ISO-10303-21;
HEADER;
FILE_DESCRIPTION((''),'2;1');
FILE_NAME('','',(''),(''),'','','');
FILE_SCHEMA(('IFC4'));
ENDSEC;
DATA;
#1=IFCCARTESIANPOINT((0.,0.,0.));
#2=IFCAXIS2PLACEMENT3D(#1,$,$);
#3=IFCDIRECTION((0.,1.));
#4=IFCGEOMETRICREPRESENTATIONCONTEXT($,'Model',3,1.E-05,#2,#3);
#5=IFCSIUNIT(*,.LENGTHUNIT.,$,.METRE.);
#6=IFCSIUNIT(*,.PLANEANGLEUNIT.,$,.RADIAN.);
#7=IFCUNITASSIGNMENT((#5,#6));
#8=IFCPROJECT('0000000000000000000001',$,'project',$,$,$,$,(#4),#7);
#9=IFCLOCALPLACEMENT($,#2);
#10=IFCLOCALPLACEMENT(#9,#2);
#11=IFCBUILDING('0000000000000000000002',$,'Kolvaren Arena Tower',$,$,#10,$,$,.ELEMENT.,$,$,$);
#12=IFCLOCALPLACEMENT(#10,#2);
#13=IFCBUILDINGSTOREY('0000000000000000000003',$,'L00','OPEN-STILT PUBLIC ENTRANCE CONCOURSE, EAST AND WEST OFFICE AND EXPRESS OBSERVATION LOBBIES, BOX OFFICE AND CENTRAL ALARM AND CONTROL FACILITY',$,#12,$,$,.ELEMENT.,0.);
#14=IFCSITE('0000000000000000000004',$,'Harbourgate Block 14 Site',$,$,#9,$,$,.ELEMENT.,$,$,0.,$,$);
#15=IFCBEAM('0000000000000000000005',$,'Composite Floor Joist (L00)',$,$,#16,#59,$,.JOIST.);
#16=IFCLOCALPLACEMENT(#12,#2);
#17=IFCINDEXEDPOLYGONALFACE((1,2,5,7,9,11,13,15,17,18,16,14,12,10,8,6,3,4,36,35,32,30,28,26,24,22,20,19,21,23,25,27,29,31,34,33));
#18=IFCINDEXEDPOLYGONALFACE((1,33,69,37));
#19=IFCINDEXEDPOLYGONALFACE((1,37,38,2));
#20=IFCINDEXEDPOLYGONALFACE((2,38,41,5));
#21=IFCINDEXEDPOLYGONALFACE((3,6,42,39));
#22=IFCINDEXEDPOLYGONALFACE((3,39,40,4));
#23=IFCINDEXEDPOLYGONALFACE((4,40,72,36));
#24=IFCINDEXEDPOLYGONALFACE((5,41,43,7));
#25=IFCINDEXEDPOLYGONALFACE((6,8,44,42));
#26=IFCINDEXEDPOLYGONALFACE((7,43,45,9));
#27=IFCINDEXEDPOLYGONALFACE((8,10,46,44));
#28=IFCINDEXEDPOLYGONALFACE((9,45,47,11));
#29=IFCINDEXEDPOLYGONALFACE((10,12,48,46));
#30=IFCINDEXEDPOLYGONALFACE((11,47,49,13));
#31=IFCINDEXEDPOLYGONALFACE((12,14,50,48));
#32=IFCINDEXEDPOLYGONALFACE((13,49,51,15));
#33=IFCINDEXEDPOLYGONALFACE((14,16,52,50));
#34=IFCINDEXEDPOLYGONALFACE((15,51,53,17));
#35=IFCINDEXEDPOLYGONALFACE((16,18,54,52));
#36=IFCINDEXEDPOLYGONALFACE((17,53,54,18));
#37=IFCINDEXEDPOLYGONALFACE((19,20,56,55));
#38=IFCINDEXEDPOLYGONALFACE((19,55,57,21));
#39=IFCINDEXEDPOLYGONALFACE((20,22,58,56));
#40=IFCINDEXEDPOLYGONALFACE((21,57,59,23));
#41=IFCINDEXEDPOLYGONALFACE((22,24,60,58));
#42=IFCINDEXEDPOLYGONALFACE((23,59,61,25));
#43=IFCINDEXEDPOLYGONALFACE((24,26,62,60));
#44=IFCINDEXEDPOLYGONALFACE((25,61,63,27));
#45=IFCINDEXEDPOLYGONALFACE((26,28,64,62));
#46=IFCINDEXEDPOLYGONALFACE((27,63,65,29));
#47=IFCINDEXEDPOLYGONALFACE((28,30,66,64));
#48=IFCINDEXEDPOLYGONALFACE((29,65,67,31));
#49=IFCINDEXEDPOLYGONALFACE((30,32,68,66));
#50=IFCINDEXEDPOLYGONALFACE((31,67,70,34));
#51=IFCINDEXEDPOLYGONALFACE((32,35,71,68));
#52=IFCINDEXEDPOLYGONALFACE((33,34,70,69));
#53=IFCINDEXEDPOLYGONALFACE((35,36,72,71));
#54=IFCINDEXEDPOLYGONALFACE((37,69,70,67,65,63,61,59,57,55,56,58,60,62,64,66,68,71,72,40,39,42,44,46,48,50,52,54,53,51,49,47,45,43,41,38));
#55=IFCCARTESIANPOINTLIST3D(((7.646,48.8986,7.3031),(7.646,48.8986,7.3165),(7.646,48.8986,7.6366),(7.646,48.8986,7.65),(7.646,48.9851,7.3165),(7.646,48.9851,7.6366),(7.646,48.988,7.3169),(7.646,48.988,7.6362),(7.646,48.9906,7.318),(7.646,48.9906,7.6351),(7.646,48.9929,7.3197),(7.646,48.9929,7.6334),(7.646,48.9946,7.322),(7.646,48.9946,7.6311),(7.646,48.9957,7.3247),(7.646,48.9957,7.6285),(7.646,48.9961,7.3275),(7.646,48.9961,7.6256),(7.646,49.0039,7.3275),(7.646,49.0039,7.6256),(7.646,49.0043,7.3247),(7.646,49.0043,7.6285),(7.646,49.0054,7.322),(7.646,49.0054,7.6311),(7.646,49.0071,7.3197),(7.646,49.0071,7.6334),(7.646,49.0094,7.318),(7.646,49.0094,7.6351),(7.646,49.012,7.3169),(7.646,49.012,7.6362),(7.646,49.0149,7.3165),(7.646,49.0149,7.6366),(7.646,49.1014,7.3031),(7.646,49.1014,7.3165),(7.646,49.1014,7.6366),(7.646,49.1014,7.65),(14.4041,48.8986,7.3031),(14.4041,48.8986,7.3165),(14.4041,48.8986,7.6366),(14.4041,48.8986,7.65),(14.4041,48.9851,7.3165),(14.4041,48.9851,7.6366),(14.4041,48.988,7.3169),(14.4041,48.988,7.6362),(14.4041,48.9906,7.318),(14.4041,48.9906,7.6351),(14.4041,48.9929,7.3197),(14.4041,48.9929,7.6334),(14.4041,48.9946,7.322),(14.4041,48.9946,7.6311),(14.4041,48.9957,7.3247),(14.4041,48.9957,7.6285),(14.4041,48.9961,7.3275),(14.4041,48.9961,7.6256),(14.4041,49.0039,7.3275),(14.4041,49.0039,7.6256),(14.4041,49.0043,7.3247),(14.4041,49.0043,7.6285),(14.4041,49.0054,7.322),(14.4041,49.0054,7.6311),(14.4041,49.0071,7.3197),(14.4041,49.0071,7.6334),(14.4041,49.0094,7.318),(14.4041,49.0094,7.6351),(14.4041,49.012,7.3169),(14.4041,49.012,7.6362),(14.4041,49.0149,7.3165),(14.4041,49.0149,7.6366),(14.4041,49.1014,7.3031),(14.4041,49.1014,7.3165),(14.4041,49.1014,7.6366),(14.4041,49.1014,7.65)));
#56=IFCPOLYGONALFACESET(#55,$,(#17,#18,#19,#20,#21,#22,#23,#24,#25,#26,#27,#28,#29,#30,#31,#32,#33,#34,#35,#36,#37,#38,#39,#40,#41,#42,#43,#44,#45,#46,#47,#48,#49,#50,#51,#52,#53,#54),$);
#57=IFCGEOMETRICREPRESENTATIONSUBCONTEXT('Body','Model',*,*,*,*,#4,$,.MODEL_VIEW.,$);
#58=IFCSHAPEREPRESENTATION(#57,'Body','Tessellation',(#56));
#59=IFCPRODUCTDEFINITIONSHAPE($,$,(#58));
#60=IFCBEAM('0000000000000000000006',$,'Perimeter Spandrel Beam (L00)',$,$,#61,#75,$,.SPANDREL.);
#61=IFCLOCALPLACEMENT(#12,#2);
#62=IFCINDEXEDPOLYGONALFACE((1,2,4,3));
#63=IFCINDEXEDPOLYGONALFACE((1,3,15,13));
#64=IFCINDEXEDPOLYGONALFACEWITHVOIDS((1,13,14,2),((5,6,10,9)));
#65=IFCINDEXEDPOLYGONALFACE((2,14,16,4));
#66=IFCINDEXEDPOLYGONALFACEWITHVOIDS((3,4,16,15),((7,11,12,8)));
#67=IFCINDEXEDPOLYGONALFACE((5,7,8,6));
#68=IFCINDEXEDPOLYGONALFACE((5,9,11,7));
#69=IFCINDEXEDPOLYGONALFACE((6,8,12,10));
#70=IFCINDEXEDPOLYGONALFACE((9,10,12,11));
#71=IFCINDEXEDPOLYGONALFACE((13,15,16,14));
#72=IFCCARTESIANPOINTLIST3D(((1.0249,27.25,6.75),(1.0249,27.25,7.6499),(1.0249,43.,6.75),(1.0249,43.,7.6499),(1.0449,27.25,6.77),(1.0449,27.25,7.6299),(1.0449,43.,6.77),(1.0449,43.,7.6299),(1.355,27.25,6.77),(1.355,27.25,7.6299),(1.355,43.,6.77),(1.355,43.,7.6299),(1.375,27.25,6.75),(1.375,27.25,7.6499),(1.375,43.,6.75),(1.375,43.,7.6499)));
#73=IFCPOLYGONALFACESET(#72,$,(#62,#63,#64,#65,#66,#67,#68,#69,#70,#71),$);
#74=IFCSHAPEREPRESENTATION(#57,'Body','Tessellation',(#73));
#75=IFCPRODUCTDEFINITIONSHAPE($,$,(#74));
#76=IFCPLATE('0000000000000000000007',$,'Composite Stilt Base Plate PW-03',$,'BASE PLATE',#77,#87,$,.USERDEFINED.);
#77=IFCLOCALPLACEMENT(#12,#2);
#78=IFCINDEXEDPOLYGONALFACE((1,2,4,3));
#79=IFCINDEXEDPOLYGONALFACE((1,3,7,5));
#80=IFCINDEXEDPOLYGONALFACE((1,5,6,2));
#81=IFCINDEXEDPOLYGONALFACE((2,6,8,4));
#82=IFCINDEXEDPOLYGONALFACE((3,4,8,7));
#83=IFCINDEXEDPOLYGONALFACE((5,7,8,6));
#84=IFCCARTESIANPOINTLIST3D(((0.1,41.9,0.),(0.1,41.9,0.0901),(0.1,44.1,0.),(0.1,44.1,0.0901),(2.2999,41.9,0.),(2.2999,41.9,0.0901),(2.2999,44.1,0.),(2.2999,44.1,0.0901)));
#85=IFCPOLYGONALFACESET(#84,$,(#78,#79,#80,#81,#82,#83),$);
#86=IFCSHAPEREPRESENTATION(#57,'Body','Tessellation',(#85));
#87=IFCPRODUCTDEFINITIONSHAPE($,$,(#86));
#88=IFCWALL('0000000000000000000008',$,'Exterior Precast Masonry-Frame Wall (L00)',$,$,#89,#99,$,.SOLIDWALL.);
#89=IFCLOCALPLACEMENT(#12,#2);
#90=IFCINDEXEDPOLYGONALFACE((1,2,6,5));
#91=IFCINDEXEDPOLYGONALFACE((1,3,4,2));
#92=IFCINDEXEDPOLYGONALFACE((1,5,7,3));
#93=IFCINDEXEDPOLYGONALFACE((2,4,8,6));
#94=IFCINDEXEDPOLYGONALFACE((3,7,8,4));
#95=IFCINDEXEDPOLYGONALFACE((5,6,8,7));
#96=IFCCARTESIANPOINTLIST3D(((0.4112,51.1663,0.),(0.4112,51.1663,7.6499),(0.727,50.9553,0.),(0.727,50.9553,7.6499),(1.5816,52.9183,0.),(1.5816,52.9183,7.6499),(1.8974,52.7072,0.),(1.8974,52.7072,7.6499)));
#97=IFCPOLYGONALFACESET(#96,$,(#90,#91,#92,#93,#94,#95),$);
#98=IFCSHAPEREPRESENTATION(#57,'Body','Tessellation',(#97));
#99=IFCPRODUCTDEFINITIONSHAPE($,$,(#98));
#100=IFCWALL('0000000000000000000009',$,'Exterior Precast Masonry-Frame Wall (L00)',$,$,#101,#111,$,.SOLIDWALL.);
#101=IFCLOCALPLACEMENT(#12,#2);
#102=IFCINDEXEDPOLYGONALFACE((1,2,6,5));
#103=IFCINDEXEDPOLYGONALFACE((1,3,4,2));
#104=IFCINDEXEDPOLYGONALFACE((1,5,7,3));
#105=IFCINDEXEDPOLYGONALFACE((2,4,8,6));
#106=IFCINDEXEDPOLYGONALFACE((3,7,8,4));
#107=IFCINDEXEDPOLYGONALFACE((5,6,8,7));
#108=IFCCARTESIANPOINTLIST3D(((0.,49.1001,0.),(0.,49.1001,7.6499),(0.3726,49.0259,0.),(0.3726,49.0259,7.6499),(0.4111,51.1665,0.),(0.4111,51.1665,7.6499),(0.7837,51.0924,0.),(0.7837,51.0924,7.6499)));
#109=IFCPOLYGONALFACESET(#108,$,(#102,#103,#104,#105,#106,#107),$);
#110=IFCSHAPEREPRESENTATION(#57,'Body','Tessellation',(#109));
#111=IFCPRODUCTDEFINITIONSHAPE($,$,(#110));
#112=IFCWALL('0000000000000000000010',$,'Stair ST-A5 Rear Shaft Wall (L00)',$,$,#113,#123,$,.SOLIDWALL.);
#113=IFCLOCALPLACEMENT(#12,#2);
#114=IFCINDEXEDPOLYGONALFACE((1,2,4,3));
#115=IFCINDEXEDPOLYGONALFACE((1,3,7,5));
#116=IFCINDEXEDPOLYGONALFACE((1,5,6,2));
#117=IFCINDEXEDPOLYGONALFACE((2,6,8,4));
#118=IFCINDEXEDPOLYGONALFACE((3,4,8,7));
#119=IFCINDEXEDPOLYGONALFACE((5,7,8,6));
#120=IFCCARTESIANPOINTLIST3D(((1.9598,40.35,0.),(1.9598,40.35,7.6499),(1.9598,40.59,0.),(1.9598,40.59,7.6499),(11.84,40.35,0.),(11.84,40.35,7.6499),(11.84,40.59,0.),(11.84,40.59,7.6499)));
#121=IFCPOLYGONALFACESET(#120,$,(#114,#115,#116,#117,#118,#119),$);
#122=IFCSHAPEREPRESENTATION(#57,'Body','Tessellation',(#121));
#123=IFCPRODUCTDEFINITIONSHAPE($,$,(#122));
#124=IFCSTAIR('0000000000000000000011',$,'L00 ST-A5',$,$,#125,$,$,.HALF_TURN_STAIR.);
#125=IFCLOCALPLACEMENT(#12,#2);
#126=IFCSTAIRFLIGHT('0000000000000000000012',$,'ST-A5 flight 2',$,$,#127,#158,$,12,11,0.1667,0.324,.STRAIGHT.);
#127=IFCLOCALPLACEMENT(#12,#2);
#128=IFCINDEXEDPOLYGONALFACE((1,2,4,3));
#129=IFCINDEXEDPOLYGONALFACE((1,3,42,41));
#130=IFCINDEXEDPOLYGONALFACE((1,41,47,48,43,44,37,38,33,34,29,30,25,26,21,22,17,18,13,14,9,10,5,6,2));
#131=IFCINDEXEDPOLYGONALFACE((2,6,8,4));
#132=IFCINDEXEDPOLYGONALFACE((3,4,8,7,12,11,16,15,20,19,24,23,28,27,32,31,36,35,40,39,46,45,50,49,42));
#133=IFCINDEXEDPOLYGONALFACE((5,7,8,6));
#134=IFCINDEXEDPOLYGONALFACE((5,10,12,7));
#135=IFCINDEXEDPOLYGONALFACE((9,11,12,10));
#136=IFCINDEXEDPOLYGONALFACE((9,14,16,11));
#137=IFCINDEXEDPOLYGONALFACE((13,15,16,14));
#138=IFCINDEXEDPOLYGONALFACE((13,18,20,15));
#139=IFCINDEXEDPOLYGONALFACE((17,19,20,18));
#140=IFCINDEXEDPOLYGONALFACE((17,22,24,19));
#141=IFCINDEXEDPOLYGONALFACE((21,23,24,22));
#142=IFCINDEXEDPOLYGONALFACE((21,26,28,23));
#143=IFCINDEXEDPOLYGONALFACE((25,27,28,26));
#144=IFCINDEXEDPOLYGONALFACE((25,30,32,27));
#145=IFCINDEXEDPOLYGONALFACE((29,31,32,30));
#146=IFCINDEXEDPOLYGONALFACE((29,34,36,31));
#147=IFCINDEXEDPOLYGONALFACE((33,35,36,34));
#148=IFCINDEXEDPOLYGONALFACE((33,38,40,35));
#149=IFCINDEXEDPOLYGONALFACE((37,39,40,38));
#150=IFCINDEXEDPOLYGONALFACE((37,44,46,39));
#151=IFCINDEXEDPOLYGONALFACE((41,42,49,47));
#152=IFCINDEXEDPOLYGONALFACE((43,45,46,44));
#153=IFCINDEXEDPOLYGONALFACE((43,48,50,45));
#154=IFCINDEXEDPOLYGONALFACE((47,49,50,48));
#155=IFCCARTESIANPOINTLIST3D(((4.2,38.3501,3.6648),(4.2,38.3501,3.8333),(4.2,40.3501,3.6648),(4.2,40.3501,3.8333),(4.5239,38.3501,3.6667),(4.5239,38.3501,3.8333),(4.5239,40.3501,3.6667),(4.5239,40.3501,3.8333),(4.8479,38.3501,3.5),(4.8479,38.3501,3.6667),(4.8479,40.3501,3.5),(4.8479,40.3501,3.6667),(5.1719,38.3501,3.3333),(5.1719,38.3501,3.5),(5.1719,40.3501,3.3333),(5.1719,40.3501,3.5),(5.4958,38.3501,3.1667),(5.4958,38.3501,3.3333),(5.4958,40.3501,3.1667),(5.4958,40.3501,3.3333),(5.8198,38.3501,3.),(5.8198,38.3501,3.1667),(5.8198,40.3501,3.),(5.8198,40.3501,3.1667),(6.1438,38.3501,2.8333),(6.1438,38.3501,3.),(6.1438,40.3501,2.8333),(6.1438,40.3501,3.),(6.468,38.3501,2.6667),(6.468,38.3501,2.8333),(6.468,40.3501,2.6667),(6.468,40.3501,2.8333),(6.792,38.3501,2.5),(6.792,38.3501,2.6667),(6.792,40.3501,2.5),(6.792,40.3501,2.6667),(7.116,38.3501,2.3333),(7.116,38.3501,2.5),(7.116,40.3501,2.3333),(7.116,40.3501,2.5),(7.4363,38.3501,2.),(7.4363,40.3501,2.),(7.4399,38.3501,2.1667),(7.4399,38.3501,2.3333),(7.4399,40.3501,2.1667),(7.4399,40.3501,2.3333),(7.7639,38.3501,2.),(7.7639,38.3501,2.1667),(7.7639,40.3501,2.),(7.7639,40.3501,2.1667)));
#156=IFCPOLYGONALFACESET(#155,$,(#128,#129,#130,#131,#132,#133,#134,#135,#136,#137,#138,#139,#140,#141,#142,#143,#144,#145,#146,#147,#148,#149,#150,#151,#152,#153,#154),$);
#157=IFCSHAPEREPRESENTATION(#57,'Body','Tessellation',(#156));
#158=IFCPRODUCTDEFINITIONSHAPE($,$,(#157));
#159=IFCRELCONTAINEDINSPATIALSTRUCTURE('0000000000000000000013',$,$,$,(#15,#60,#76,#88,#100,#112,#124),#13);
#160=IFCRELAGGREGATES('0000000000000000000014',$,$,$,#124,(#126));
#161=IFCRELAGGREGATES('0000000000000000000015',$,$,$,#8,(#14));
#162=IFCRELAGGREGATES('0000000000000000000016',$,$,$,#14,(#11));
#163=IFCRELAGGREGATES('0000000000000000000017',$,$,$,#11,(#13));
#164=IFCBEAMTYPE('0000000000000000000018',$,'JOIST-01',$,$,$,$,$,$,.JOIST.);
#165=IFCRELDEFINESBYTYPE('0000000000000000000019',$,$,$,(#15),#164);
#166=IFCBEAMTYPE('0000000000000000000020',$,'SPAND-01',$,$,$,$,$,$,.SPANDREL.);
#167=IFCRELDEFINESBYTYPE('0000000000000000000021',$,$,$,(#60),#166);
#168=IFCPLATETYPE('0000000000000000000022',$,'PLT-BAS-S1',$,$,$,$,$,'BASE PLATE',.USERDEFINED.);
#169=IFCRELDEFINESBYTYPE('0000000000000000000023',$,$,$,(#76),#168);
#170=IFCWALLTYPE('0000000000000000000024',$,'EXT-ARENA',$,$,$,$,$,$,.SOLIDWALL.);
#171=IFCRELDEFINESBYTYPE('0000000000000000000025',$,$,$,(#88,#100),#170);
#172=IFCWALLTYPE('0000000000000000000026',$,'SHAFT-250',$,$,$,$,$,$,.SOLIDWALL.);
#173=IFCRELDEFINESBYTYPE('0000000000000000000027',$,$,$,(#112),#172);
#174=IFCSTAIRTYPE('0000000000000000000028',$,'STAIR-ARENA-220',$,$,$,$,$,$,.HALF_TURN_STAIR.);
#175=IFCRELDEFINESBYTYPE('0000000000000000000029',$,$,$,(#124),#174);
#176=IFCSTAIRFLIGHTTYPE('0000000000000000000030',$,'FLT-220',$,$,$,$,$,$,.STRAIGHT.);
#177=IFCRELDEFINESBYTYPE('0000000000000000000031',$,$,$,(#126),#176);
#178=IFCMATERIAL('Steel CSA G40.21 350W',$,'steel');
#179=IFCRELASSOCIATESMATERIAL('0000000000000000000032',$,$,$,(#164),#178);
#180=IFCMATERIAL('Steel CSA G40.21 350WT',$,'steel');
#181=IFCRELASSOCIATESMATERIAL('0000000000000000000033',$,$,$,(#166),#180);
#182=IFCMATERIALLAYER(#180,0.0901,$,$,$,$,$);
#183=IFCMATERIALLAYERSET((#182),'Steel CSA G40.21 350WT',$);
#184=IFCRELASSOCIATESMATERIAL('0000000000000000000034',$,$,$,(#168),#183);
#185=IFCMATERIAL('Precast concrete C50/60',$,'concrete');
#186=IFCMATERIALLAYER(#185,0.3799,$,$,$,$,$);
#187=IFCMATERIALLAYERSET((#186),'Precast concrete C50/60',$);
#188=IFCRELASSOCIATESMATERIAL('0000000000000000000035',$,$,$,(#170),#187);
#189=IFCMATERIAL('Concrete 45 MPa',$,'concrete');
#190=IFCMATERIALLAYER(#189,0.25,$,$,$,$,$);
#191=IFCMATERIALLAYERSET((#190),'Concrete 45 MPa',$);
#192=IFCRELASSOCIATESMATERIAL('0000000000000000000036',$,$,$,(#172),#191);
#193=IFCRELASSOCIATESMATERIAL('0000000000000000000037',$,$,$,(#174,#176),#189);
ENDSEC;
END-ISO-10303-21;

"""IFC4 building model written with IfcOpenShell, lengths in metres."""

from ifc_helpers import new_model, si_unit, direction, frame, frame_2d, origin, origin_2d, place, context, subcontext, project, spatial, polyline, rectangle, hollow_rectangle, i_section, outline, extrude, material, layer, layer_set, material_profile, profile_set, type_object, element, aggregate, save


model = new_model("IFC4")

# Units and contexts
model_context = context("Model", 3, precision=1e-05, world=origin(), true_north=direction((0.0, 1.0)))
body_context = subcontext(model_context, "Body", "Model", "MODEL_VIEW")
ifc_project = project(units=[si_unit("LENGTHUNIT", "METRE"), si_unit("PLANEANGLEUNIT", "RADIAN")], contexts=[model_context])

# Site, building, storey
site_placement = place(None, origin())
site = spatial("IfcSite", under=ifc_project, at=site_placement, Name="Harbourgate Block 14 Site", CompositionType="ELEMENT", RefElevation=0.0)
building_placement = place(site_placement, origin())
building = spatial("IfcBuilding", under=site, at=building_placement, Name="Kolvaren Arena Tower", CompositionType="ELEMENT")
storey_placement = place(building_placement, origin())
storey = spatial("IfcBuildingStorey", under=building, at=storey_placement, Name="L00", Description="OPEN-STILT PUBLIC ENTRANCE CONCOURSE, EAST AND WEST OFFICE AND EXPRESS OBSERVATION LOBBIES, BOX OFFICE AND CENTRAL ALARM AND CONTROL FACILITY", CompositionType="ELEMENT", Elevation=0.0)

# Beams
ifc_material_1 = material(Name="Steel CSA G40.21 350W", Category="steel")
ifc_material_profile_1 = material_profile(ifc_material_1, i_section(OverallWidth=0.2029, OverallDepth=0.3469, WebThickness=0.0078, FlangeThickness=0.0134, FilletRadius=0.011, at=origin_2d()), Name="W360x64")
ifc_profile_set_1 = profile_set([ifc_material_profile_1], Name="Steel CSA G40.21 350W")
beam_type_1 = type_object("IfcBeamType", Name="JOIST-01", PredefinedType="JOIST", material=ifc_profile_set_1)
beam_1_placement = place(storey_placement, frame((7.646, 49.0, 7.4766), z_axis=(1.0, 0.0, 0.0), x_axis=(0.0, 1.0, 0.0)))
element("IfcBeam", 1, at=beam_1_placement, inside=storey, type_object=beam_type_1, Name="Composite Floor Joist (L00)", PredefinedType="JOIST", context=body_context, shape_type="SweptSolid", body=[
    extrude(i_section(OverallWidth=0.2029, OverallDepth=0.3469, WebThickness=0.0078, FlangeThickness=0.0134, FilletRadius=0.011, at=origin_2d()), origin(), (0.0, 0.0, 1.0), 6.7581),
])
ifc_material_2 = material(Name="Steel CSA G40.21 350WT", Category="steel")
ifc_material_profile_2 = material_profile(ifc_material_2, hollow_rectangle(XDim=0.3501, YDim=0.8999, WallThickness=0.02, at=origin_2d()), Name="HSS 900x350x20")
ifc_profile_set_2 = profile_set([ifc_material_profile_2], Name="Steel CSA G40.21 350WT")
beam_type_2 = type_object("IfcBeamType", Name="SPAND-01", PredefinedType="SPANDREL", material=ifc_profile_set_2)
beam_2_placement = place(storey_placement, frame((1.2, 43.0, 7.2), z_axis=(0.0, -1.0, 0.0), x_axis=(1.0, 0.0, 0.0)))
element("IfcBeam", 2, at=beam_2_placement, inside=storey, type_object=beam_type_2, Name="Perimeter Spandrel Beam (L00)", PredefinedType="SPANDREL", context=body_context, shape_type="SweptSolid", body=[
    extrude(hollow_rectangle(XDim=0.3501, YDim=0.8999, WallThickness=0.02, at=origin_2d()), origin(), (0.0, 0.0, 1.0), 15.75),
])

# Plate
ifc_layer_1 = layer(ifc_material_2, 0.0901)
ifc_layer_set_1 = layer_set([ifc_layer_1], Name="Steel CSA G40.21 350WT")
plate_type = type_object("IfcPlateType", Name="PLT-BAS-S1", ElementType="BASE PLATE", PredefinedType="USERDEFINED", material=ifc_layer_set_1)
plate_placement = place(storey_placement, frame((1.2, 43.0, 0.0), z_axis=(0.0, 0.0, 1.0), x_axis=(1.0, 0.0, 0.0)))
element("IfcPlate", 3, at=plate_placement, inside=storey, type_object=plate_type, Name="Composite Stilt Base Plate PW-03", ObjectType="BASE PLATE", PredefinedType="USERDEFINED", context=body_context, shape_type="SweptSolid", body=[
    extrude(rectangle(XDim=2.2, YDim=2.2, at=origin_2d()), origin(), (0.0, 0.0, 1.0), 0.0901),
])

# Walls
ifc_material_3 = material(Name="Precast concrete C50/60", Category="concrete")
ifc_layer_2 = layer(ifc_material_3, 0.3799)
ifc_layer_set_2 = layer_set([ifc_layer_2], Name="Precast concrete C50/60")
wall_type_1 = type_object("IfcWallType", Name="EXT-ARENA", PredefinedType="SOLIDWALL", material=ifc_layer_set_2)
for number, where, z_axis, x_axis, name in (
    (4, (0.5691, 51.0608, 0.0), (0.0, 0.0, 1.0), (0.555502, 0.831515, 0.0), "Exterior Precast Masonry-Frame Wall (L00)"),
    (5, (0.1863, 49.063, 0.0), (0.0, 0.0, 1.0), (0.195136, 0.980776, 0.0), "Exterior Precast Masonry-Frame Wall (L00)"),
):
    element("IfcWall", number, at=place(storey_placement, frame(where, z_axis=z_axis, x_axis=x_axis)), inside=storey, type_object=wall_type_1, Name=name, PredefinedType="SOLIDWALL", context=body_context, shape_type="SweptSolid", body=[
        extrude(rectangle(XDim=2.1069, YDim=0.3799, at=frame_2d((1.0535, 0.0))), origin(), (0.0, 0.0, 1.0), 7.6499),
    ])
ifc_material_4 = material(Name="Concrete 45 MPa", Category="concrete")
ifc_layer_3 = layer(ifc_material_4, 0.25)
ifc_layer_set_3 = layer_set([ifc_layer_3], Name="Concrete 45 MPa")
wall_type_2 = type_object("IfcWallType", Name="SHAFT-250", PredefinedType="SOLIDWALL", material=ifc_layer_set_3)
wall_placement = place(storey_placement, frame((1.96, 40.47, 0.0), z_axis=(0.0, 0.0, 1.0), x_axis=(1.0, 0.0, 0.0)))
element("IfcWall", 6, at=wall_placement, inside=storey, type_object=wall_type_2, Name="Stair ST-A5 Rear Shaft Wall (L00)", PredefinedType="SOLIDWALL", context=body_context, shape_type="SweptSolid", body=[
    extrude(rectangle(XDim=9.8801, YDim=0.24, at=frame_2d((4.9399, 0.0))), origin(), (0.0, 0.0, 1.0), 7.6499),
])

# Stair, stair flight
stair_type = type_object("IfcStairType", Name="STAIR-ARENA-220", PredefinedType="HALF_TURN_STAIR", material=ifc_material_4)
stair_placement = place(storey_placement, origin())
stair = element("IfcStair", 7, at=stair_placement, inside=storey, type_object=stair_type, Name="L00 ST-A5", PredefinedType="HALF_TURN_STAIR")
stair_flight_type = type_object("IfcStairFlightType", Name="FLT-220", PredefinedType="STRAIGHT", material=ifc_material_4)
stair_flight_1_placement = place(storey_placement, frame((7.7639, 39.3501, 2.0), z_axis=(0.0, 0.0, 1.0), x_axis=(-1.0, 0.0, 0.0)))
stair_flight_1 = element("IfcStairFlight", 8, at=stair_flight_1_placement, type_object=stair_flight_type, Name="ST-A5 flight 2", NumberOfRisers=12, NumberOfTreads=11, PredefinedType="STRAIGHT", RiserHeight=0.1667, TreadLength=0.324, context=body_context, shape_type="SweptSolid", body=[
    extrude(outline(polyline([(0.0, 0.0), (0.0, 0.1667), (0.324, 0.1667), (0.324, 0.3333), (0.6479, 0.3333), (0.6479, 0.5), (0.9719, 0.5), (0.9719, 0.6667), (1.2959, 0.6667), (1.2959, 0.8333), (1.6201, 0.8333), (1.6201, 1.0), (1.9441, 1.0), (1.9441, 1.1667), (2.2681, 1.1667), (2.2681, 1.3333), (2.592, 1.3333), (2.592, 1.5), (2.916, 1.5), (2.916, 1.6667), (3.24, 1.6667), (3.24, 1.8333), (3.564, 1.8333), (3.564, 2.0), (3.564, 1.6648), (0.3276, 0.0), (0.0, 0.0)])), frame((0.0, 1.0, 0.0), z_axis=(0.0, -1.0, 0.0), x_axis=(1.0, 0.0, 0.0)), (0.0, 0.0, 1.0), 2.0),
])
aggregate(stair, [stair_flight_1])

save(model, "model.ifc")
